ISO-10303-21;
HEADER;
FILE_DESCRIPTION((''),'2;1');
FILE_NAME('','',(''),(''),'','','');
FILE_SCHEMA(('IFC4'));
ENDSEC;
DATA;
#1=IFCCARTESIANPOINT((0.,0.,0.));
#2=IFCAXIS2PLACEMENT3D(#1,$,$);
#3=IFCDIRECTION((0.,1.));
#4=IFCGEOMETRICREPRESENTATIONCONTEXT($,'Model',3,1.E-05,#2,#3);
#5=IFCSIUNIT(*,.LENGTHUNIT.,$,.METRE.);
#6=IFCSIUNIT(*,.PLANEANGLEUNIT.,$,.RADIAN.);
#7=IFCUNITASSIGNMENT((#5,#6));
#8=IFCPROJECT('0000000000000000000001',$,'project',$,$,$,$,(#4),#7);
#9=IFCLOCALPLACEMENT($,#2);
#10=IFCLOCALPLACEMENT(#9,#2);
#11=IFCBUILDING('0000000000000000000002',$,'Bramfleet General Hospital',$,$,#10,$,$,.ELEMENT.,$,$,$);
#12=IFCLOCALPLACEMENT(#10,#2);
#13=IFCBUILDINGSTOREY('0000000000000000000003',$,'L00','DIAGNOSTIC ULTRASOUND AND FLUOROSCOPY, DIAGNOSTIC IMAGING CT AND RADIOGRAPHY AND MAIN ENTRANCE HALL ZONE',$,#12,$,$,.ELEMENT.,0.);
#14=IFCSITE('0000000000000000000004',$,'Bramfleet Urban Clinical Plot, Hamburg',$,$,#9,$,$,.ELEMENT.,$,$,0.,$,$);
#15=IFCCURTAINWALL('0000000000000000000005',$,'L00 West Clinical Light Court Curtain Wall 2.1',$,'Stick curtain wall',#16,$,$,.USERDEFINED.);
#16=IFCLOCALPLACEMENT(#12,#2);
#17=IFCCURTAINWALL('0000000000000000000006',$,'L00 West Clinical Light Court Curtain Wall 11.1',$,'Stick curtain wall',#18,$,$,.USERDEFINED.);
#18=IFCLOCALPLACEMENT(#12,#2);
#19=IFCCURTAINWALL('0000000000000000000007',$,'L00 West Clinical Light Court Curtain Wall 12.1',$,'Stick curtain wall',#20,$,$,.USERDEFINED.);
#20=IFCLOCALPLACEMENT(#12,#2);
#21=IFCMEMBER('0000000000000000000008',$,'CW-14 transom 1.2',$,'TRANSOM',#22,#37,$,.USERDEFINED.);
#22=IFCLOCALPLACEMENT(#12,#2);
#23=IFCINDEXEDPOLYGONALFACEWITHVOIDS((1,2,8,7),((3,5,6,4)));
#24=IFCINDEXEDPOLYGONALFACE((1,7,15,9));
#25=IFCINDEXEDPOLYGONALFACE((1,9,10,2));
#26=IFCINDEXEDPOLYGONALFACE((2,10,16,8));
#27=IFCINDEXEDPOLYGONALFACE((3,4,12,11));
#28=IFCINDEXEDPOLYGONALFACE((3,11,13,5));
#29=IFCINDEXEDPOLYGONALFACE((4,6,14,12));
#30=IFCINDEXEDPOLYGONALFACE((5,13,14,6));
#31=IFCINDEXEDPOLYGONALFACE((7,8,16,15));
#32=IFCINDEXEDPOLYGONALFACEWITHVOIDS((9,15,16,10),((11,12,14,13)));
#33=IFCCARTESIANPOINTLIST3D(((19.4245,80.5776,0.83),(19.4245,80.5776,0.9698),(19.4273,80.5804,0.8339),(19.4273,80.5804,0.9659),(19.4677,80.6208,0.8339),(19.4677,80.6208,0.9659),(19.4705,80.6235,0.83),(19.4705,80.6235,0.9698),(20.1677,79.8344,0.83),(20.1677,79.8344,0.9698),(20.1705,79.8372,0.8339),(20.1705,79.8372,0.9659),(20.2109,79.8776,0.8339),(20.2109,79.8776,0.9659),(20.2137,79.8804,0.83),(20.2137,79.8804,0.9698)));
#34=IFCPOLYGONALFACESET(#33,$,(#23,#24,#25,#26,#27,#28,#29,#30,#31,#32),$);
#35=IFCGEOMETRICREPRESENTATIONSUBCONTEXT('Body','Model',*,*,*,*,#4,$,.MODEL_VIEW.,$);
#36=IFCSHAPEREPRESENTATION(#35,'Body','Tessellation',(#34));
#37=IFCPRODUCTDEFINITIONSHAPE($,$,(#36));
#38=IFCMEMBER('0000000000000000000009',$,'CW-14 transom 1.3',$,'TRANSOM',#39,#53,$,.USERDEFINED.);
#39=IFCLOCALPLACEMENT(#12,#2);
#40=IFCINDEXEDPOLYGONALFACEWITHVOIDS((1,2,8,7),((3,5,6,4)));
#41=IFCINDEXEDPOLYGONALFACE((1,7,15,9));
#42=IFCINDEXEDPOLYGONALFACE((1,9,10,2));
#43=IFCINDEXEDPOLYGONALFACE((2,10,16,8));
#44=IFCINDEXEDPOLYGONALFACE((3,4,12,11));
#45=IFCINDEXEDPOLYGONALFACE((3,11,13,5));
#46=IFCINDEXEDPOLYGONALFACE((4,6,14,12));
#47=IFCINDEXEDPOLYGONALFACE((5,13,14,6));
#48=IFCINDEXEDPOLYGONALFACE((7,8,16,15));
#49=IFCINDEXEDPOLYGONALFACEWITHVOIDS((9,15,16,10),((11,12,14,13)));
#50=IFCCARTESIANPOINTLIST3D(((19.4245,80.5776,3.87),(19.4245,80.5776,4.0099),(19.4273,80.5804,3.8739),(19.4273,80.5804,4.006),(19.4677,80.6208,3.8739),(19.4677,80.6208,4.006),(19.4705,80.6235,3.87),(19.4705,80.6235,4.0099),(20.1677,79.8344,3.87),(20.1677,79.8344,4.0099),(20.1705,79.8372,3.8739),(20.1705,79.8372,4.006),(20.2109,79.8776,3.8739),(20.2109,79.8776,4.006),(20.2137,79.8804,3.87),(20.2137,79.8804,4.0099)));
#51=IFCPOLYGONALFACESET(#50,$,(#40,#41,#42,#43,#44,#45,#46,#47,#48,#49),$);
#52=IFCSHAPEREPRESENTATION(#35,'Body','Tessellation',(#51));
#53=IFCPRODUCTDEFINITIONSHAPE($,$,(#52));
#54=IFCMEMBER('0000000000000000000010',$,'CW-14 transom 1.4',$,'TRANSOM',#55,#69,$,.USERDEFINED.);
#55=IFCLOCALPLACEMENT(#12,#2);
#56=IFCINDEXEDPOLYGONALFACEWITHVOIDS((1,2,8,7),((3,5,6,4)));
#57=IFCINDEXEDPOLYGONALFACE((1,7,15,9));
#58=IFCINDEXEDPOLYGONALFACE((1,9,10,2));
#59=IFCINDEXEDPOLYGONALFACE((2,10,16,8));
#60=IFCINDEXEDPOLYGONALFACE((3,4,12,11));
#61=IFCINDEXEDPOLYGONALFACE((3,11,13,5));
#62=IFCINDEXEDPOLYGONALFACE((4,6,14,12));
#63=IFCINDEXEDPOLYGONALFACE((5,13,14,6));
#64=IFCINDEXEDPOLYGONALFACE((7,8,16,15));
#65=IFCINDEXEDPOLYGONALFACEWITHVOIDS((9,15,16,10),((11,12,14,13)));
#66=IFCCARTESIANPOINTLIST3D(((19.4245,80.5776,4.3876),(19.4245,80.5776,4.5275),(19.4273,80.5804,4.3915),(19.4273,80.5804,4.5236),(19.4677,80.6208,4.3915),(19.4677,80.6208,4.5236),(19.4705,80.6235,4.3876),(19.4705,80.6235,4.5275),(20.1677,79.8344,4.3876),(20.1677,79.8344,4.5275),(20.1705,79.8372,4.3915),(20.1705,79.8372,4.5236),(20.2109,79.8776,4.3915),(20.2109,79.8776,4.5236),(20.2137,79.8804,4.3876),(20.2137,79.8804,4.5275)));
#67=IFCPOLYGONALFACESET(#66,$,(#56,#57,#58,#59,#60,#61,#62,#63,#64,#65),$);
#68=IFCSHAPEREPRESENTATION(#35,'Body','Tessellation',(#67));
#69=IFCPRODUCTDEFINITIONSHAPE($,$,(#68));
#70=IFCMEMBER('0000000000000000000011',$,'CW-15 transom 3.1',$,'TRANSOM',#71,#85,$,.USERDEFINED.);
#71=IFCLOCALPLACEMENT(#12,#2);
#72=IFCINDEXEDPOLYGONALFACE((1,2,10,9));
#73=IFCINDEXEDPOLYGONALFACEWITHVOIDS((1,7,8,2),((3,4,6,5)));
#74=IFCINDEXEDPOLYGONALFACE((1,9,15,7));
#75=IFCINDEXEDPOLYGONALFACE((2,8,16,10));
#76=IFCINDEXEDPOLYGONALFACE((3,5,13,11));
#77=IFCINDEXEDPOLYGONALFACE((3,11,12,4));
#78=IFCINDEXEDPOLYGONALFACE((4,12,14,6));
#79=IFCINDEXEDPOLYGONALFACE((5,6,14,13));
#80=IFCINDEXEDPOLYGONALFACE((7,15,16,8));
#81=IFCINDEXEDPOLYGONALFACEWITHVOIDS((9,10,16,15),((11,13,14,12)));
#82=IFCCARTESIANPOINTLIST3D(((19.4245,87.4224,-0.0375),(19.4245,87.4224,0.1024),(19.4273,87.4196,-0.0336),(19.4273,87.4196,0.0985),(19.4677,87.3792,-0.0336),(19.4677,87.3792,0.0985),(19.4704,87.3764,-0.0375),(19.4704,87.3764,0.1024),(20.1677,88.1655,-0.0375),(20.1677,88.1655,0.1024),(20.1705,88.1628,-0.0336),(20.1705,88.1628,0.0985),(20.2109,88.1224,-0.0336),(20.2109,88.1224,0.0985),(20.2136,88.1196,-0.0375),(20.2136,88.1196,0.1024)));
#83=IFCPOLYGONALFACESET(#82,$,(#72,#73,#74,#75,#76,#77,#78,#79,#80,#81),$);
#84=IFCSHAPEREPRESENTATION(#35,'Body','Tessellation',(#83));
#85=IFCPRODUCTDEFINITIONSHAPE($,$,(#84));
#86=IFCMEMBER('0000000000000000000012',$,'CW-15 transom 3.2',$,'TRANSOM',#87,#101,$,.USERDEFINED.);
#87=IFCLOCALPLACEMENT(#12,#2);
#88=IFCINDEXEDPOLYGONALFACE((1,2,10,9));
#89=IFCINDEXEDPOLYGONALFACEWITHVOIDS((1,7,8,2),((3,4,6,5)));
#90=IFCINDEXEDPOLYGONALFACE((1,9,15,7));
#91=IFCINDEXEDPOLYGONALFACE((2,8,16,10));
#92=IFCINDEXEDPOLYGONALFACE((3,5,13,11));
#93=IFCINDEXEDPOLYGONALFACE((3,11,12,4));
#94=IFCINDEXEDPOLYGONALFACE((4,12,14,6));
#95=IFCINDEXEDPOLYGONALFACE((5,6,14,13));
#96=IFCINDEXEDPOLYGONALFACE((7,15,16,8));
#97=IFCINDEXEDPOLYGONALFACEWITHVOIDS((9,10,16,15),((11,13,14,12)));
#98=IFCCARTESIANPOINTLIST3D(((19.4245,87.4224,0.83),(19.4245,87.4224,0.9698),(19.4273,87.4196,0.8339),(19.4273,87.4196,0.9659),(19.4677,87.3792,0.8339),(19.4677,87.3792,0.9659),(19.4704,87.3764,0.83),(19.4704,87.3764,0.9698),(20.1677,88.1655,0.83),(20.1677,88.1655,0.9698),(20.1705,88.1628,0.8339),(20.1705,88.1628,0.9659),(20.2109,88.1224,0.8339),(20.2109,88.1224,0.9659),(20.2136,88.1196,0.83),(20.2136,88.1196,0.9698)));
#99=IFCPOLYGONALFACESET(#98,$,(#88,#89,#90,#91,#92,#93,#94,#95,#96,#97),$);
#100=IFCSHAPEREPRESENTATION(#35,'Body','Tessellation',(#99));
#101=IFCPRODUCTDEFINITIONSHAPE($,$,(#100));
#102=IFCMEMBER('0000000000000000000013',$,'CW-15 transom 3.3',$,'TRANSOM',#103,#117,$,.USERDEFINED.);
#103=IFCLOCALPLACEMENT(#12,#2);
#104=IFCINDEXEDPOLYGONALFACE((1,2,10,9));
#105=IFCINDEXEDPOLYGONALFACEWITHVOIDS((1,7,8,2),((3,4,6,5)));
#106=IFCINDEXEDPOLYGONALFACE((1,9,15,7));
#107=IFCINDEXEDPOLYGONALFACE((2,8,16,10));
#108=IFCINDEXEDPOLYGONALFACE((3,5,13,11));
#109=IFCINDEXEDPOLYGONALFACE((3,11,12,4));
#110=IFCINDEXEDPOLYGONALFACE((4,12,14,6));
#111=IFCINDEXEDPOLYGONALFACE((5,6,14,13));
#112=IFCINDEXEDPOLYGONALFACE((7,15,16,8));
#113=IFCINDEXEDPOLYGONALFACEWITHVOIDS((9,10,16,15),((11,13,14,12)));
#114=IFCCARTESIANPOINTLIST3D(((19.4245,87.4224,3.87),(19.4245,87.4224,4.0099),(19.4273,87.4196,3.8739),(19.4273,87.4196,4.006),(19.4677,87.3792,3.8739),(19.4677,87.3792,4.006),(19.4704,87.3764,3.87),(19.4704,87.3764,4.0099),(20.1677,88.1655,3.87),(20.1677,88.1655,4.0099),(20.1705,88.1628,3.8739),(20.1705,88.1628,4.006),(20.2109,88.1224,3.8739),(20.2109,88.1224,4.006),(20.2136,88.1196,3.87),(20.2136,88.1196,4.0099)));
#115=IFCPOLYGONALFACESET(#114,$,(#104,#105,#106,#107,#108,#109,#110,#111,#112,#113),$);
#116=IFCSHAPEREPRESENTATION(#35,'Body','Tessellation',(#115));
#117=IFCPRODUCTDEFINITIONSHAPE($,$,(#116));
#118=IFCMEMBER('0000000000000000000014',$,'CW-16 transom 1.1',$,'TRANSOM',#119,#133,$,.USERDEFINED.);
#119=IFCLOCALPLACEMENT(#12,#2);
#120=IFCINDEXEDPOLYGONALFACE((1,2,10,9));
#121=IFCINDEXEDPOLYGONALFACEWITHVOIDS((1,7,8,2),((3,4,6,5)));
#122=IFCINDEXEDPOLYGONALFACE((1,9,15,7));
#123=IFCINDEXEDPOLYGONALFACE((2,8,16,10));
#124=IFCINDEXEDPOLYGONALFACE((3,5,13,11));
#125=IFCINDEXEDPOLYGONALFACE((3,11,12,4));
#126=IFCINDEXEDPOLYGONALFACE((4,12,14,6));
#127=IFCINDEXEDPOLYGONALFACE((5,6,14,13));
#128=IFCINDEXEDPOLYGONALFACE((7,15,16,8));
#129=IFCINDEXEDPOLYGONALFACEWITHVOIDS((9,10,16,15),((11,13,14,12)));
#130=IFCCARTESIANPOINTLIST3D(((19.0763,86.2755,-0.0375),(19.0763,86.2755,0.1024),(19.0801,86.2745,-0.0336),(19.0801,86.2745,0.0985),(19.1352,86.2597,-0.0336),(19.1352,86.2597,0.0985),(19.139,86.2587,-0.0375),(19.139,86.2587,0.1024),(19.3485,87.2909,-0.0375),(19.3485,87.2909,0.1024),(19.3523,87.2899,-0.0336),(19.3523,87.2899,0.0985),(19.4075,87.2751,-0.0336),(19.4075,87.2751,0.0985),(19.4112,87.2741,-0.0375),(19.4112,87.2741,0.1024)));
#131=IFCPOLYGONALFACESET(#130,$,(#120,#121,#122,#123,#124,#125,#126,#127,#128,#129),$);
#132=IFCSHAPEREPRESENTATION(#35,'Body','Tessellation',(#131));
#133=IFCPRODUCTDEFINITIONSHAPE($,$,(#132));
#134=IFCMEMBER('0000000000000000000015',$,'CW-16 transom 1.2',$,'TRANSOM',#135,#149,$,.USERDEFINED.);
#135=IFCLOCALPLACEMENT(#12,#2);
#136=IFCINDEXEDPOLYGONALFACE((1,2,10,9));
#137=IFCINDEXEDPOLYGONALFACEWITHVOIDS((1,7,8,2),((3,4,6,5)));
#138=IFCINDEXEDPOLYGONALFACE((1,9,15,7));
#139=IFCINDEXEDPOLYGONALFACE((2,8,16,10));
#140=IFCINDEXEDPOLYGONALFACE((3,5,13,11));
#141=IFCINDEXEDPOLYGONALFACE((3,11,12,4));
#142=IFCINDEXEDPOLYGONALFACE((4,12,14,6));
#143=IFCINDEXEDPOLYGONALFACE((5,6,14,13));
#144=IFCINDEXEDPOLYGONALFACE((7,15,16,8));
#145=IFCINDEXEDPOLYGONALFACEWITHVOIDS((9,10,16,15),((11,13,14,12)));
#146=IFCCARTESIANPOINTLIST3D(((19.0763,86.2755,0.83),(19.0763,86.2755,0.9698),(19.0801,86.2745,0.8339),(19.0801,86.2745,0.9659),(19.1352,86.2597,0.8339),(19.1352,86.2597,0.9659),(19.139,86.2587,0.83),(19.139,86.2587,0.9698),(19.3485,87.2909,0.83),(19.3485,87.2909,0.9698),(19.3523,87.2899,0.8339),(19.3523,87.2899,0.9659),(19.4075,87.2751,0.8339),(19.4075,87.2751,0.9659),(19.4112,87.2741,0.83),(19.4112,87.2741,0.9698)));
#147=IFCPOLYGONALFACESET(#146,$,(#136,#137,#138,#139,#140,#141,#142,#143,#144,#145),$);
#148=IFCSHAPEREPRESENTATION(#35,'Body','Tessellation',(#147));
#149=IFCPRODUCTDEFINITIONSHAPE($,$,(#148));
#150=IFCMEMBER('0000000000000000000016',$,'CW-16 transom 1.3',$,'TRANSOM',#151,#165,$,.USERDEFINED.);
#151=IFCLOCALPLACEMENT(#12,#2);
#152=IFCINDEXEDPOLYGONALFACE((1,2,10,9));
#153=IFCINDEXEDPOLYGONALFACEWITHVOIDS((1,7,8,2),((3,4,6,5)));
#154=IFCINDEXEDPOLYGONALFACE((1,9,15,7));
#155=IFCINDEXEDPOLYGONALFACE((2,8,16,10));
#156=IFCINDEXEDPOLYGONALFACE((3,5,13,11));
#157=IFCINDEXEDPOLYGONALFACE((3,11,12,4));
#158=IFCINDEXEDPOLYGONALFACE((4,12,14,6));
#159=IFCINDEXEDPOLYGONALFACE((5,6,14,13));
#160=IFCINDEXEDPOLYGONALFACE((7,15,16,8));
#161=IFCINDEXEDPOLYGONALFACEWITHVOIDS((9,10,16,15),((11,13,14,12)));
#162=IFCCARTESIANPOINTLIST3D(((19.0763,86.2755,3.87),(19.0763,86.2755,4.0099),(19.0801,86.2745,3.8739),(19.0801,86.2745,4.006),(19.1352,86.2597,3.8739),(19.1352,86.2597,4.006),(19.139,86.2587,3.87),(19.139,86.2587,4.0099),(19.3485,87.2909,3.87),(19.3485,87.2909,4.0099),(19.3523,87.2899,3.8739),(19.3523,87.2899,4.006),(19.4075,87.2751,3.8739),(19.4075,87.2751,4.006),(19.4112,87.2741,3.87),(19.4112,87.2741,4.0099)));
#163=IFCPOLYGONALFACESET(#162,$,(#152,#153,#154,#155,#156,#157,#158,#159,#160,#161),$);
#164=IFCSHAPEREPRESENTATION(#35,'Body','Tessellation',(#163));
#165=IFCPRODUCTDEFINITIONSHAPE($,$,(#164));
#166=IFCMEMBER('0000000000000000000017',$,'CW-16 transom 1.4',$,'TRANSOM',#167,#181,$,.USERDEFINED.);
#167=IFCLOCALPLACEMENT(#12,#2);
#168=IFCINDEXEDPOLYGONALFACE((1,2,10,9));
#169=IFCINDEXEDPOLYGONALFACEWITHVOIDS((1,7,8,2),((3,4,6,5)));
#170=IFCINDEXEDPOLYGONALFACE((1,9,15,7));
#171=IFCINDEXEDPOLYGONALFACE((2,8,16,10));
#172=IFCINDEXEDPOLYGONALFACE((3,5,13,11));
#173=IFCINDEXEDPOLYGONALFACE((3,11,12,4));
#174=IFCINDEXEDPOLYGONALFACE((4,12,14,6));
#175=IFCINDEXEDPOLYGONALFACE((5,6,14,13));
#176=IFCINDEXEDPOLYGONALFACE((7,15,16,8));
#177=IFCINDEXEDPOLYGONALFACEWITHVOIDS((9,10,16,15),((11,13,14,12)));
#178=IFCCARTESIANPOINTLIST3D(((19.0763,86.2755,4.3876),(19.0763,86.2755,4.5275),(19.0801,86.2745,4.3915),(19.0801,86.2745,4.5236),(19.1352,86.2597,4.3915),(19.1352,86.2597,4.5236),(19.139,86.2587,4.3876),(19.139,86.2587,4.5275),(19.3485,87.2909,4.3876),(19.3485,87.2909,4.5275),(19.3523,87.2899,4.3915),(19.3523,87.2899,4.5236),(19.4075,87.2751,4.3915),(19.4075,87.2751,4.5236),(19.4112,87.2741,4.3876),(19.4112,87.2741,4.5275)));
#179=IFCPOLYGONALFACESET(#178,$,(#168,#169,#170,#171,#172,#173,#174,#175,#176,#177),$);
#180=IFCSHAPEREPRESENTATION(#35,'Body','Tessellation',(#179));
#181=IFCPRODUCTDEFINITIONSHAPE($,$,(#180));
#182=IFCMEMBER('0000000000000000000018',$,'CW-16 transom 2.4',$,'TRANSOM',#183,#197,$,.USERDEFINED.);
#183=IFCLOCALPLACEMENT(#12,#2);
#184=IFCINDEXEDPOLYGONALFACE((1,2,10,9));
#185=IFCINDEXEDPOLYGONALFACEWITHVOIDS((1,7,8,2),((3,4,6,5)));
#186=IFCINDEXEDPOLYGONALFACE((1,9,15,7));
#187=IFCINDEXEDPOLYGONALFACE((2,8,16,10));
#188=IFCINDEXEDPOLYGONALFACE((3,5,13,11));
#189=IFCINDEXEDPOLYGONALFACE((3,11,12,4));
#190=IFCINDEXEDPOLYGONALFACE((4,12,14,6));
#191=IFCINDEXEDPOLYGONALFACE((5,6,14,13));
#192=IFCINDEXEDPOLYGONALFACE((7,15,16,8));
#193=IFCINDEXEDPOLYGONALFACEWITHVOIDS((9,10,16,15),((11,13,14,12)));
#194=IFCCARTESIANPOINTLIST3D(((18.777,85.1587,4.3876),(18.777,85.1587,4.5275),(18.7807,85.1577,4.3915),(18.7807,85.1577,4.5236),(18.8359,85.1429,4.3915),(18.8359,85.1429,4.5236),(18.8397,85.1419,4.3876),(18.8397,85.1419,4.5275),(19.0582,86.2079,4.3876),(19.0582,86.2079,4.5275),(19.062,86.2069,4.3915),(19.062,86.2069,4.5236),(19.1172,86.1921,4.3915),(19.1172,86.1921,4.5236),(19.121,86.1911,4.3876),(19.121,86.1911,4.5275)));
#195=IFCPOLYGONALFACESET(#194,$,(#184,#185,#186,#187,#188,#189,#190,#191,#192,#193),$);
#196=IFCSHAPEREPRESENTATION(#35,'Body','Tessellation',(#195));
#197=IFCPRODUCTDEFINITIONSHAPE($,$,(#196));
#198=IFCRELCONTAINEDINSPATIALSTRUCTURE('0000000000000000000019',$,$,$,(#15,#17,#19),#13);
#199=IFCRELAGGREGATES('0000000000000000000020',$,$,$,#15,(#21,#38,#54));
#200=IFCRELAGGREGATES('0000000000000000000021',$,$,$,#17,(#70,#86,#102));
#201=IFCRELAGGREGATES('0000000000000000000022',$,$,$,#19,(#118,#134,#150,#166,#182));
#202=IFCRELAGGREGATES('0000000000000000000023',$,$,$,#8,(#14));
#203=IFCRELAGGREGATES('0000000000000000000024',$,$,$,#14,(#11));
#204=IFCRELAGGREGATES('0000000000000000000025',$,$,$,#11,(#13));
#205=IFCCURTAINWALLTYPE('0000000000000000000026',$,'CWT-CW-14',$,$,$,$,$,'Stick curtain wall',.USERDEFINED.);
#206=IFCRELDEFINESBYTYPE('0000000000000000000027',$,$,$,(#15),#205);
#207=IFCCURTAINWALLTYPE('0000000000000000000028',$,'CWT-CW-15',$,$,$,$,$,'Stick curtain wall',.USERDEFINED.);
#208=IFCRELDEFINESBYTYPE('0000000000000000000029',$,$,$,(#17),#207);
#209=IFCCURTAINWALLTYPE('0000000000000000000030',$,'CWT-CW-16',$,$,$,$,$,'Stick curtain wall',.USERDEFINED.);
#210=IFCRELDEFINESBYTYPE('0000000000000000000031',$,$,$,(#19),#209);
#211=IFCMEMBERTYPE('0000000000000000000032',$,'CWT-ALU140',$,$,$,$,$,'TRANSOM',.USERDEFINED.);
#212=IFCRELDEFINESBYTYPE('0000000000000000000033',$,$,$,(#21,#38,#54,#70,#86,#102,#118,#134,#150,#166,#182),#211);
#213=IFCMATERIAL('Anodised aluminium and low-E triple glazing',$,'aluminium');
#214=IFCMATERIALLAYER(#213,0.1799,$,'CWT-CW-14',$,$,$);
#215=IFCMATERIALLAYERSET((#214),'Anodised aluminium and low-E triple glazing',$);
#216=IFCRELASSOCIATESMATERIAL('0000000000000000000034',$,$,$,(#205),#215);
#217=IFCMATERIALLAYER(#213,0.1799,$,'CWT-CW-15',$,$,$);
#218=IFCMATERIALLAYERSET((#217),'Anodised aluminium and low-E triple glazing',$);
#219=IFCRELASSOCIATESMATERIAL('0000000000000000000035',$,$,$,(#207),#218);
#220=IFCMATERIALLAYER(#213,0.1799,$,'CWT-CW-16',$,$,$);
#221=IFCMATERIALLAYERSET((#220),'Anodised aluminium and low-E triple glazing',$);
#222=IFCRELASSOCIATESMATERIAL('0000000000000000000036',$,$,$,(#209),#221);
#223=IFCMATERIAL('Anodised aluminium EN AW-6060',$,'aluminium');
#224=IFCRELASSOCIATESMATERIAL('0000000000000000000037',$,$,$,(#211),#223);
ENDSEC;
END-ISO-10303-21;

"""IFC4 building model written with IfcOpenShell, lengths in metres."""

from ifc_helpers import new_model, si_unit, direction, frame, origin, origin_2d, place, context, subcontext, project, spatial, hollow_rectangle, extrude, material, layer, layer_set, material_profile, profile_set, type_object, element, aggregate, save


model = new_model("IFC4")

# Units and contexts
model_context = context("Model", 3, precision=1e-05, world=origin(), true_north=direction((0.0, 1.0)))
body_context = subcontext(model_context, "Body", "Model", "MODEL_VIEW")
ifc_project = project(units=[si_unit("LENGTHUNIT", "METRE"), si_unit("PLANEANGLEUNIT", "RADIAN")], contexts=[model_context])

# Site, building, storey
site_placement = place(None, origin())
site = spatial("IfcSite", under=ifc_project, at=site_placement, Name="Bramfleet Urban Clinical Plot, Hamburg", CompositionType="ELEMENT", RefElevation=0.0)
building_placement = place(site_placement, origin())
building = spatial("IfcBuilding", under=site, at=building_placement, Name="Bramfleet General Hospital", CompositionType="ELEMENT")
storey_placement = place(building_placement, origin())
storey = spatial("IfcBuildingStorey", under=building, at=storey_placement, Name="L00", Description="DIAGNOSTIC ULTRASOUND AND FLUOROSCOPY, DIAGNOSTIC IMAGING CT AND RADIOGRAPHY AND MAIN ENTRANCE HALL ZONE", CompositionType="ELEMENT", Elevation=0.0)

# Shared definitions
ifc_material_1 = material(Name="Anodised aluminium and low-E triple glazing", Category="aluminium")
ifc_material_2 = material(Name="Anodised aluminium EN AW-6060", Category="aluminium")

# Curtain walls
ifc_layer_1 = layer(ifc_material_1, 0.1799, Name="CWT-CW-14")
ifc_layer_set_1 = layer_set([ifc_layer_1], Name="Anodised aluminium and low-E triple glazing")
curtain_wall_type_1 = type_object("IfcCurtainWallType", Name="CWT-CW-14", ElementType="Stick curtain wall", PredefinedType="USERDEFINED", material=ifc_layer_set_1)
curtain_wall_1_placement = place(storey_placement, origin())
curtain_wall_1 = element("IfcCurtainWall", 1, at=curtain_wall_1_placement, inside=storey, type_object=curtain_wall_type_1, Name="L00 West Clinical Light Court Curtain Wall 2.1", ObjectType="Stick curtain wall", PredefinedType="USERDEFINED")
ifc_layer_2 = layer(ifc_material_1, 0.1799, Name="CWT-CW-15")
ifc_layer_set_2 = layer_set([ifc_layer_2], Name="Anodised aluminium and low-E triple glazing")
curtain_wall_type_2 = type_object("IfcCurtainWallType", Name="CWT-CW-15", ElementType="Stick curtain wall", PredefinedType="USERDEFINED", material=ifc_layer_set_2)
curtain_wall_2_placement = place(storey_placement, origin())
curtain_wall_2 = element("IfcCurtainWall", 2, at=curtain_wall_2_placement, inside=storey, type_object=curtain_wall_type_2, Name="L00 West Clinical Light Court Curtain Wall 11.1", ObjectType="Stick curtain wall", PredefinedType="USERDEFINED")

# Curtain wall
ifc_layer_3 = layer(ifc_material_1, 0.1799, Name="CWT-CW-16")
ifc_layer_set_3 = layer_set([ifc_layer_3], Name="Anodised aluminium and low-E triple glazing")
curtain_wall_type_3 = type_object("IfcCurtainWallType", Name="CWT-CW-16", ElementType="Stick curtain wall", PredefinedType="USERDEFINED", material=ifc_layer_set_3)
curtain_wall_3_placement = place(storey_placement, origin())
curtain_wall_3 = element("IfcCurtainWall", 3, at=curtain_wall_3_placement, inside=storey, type_object=curtain_wall_type_3, Name="L00 West Clinical Light Court Curtain Wall 12.1", ObjectType="Stick curtain wall", PredefinedType="USERDEFINED")

# Members
ifc_material_profile_1 = material_profile(ifc_material_2, hollow_rectangle(XDim=0.0649, YDim=0.1399, WallThickness=0.0039, at=origin_2d()), Name="ALU 140x65x4.0")
ifc_profile_set_1 = profile_set([ifc_material_profile_1], Name="Anodised aluminium EN AW-6060")
member_type_1 = type_object("IfcMemberType", Name="CWT-ALU140", ElementType="TRANSOM", PredefinedType="USERDEFINED", material=ifc_profile_set_1)
member_1_placement = place(storey_placement, frame((19.4475, 80.6006, 0.8999), z_axis=(0.707107, -0.707107, 0.0), x_axis=(0.707107, 0.707107, 0.0)))
member_1 = element("IfcMember", 4, at=member_1_placement, type_object=member_type_1, Name="CW-14 transom 1.2", ObjectType="TRANSOM", PredefinedType="USERDEFINED", context=body_context, shape_type="SweptSolid", body=[
    extrude(hollow_rectangle(XDim=0.0649, YDim=0.1399, WallThickness=0.0039, at=origin_2d()), origin(), (0.0, 0.0, 1.0), 1.051),
])
member_2_placement = place(storey_placement, frame((19.4475, 80.6006, 3.9399), z_axis=(0.707107, -0.707107, 0.0), x_axis=(0.707107, 0.707107, 0.0)))
member_2 = element("IfcMember", 5, at=member_2_placement, type_object=member_type_1, Name="CW-14 transom 1.3", ObjectType="TRANSOM", PredefinedType="USERDEFINED", context=body_context, shape_type="SweptSolid", body=[
    extrude(hollow_rectangle(XDim=0.0649, YDim=0.1399, WallThickness=0.0039, at=origin_2d()), origin(), (0.0, 0.0, 1.0), 1.051),
])
member_3_placement = place(storey_placement, frame((19.4475, 80.6006, 4.4575), z_axis=(0.707107, -0.707107, 0.0), x_axis=(0.707107, 0.707107, 0.0)))
member_3 = element("IfcMember", 6, at=member_3_placement, type_object=member_type_1, Name="CW-14 transom 1.4", ObjectType="TRANSOM", PredefinedType="USERDEFINED", context=body_context, shape_type="SweptSolid", body=[
    extrude(hollow_rectangle(XDim=0.0649, YDim=0.1399, WallThickness=0.0039, at=origin_2d()), origin(), (0.0, 0.0, 1.0), 1.051),
])
member_4_placement = place(storey_placement, frame((20.1907, 88.1426, 0.0325), z_axis=(-0.707107, -0.707107, 0.0), x_axis=(0.707107, -0.707107, 0.0)))
member_4 = element("IfcMember", 7, at=member_4_placement, type_object=member_type_1, Name="CW-15 transom 3.1", ObjectType="TRANSOM", PredefinedType="USERDEFINED", context=body_context, shape_type="SweptSolid", body=[
    extrude(hollow_rectangle(XDim=0.0649, YDim=0.1399, WallThickness=0.0039, at=origin_2d()), origin(), (0.0, 0.0, 1.0), 1.051),
])
member_5_placement = place(storey_placement, frame((20.1907, 88.1426, 0.8999), z_axis=(-0.707107, -0.707107, 0.0), x_axis=(0.707107, -0.707107, 0.0)))
member_5 = element("IfcMember", 8, at=member_5_placement, type_object=member_type_1, Name="CW-15 transom 3.2", ObjectType="TRANSOM", PredefinedType="USERDEFINED", context=body_context, shape_type="SweptSolid", body=[
    extrude(hollow_rectangle(XDim=0.0649, YDim=0.1399, WallThickness=0.0039, at=origin_2d()), origin(), (0.0, 0.0, 1.0), 1.051),
])
member_6_placement = place(storey_placement, frame((20.1907, 88.1426, 3.9399), z_axis=(-0.707107, -0.707107, 0.0), x_axis=(0.707107, -0.707107, 0.0)))
member_6 = element("IfcMember", 9, at=member_6_placement, type_object=member_type_1, Name="CW-15 transom 3.3", ObjectType="TRANSOM", PredefinedType="USERDEFINED", context=body_context, shape_type="SweptSolid", body=[
    extrude(hollow_rectangle(XDim=0.0649, YDim=0.1399, WallThickness=0.0039, at=origin_2d()), origin(), (0.0, 0.0, 1.0), 1.051),
])
member_7_placement = place(storey_placement, frame((19.3799, 87.2825, 0.0325), z_axis=(-0.258949, -0.965891, 0.0), x_axis=(0.965891, -0.258949, 0.0)))
member_7 = element("IfcMember", 10, at=member_7_placement, type_object=member_type_1, Name="CW-16 transom 1.1", ObjectType="TRANSOM", PredefinedType="USERDEFINED", context=body_context, shape_type="SweptSolid", body=[
    extrude(hollow_rectangle(XDim=0.0649, YDim=0.1399, WallThickness=0.0039, at=origin_2d()), origin(), (0.0, 0.0, 1.0), 1.0513),
])
member_8_placement = place(storey_placement, frame((19.3799, 87.2825, 0.8999), z_axis=(-0.258949, -0.965891, 0.0), x_axis=(0.965891, -0.258949, 0.0)))
member_8 = element("IfcMember", 11, at=member_8_placement, type_object=member_type_1, Name="CW-16 transom 1.2", ObjectType="TRANSOM", PredefinedType="USERDEFINED", context=body_context, shape_type="SweptSolid", body=[
    extrude(hollow_rectangle(XDim=0.0649, YDim=0.1399, WallThickness=0.0039, at=origin_2d()), origin(), (0.0, 0.0, 1.0), 1.0513),
])
member_9_placement = place(storey_placement, frame((19.3799, 87.2825, 3.9399), z_axis=(-0.258949, -0.965891, 0.0), x_axis=(0.965891, -0.258949, 0.0)))
member_9 = element("IfcMember", 12, at=member_9_placement, type_object=member_type_1, Name="CW-16 transom 1.3", ObjectType="TRANSOM", PredefinedType="USERDEFINED", context=body_context, shape_type="SweptSolid", body=[
    extrude(hollow_rectangle(XDim=0.0649, YDim=0.1399, WallThickness=0.0039, at=origin_2d()), origin(), (0.0, 0.0, 1.0), 1.0513),
])
member_10_placement = place(storey_placement, frame((19.3799, 87.2825, 4.4575), z_axis=(-0.258949, -0.965891, 0.0), x_axis=(0.965891, -0.258949, 0.0)))
member_10 = element("IfcMember", 13, at=member_10_placement, type_object=member_type_1, Name="CW-16 transom 1.4", ObjectType="TRANSOM", PredefinedType="USERDEFINED", context=body_context, shape_type="SweptSolid", body=[
    extrude(hollow_rectangle(XDim=0.0649, YDim=0.1399, WallThickness=0.0039, at=origin_2d()), origin(), (0.0, 0.0, 1.0), 1.0513),
])
member_11_placement = place(storey_placement, frame((19.0896, 86.1995, 4.4575), z_axis=(-0.25895, -0.965891, 0.0), x_axis=(0.965891, -0.25895, 0.0)))
member_11 = element("IfcMember", 14, at=member_11_placement, type_object=member_type_1, Name="CW-16 transom 2.4", ObjectType="TRANSOM", PredefinedType="USERDEFINED", context=body_context, shape_type="SweptSolid", body=[
    extrude(hollow_rectangle(XDim=0.0649, YDim=0.1399, WallThickness=0.0039, at=origin_2d()), origin(), (0.0, 0.0, 1.0), 1.0862),
])

aggregate(curtain_wall_1, [member_1, member_2, member_3])
aggregate(curtain_wall_2, [member_4, member_5, member_6])
aggregate(curtain_wall_3, [member_7, member_8, member_9, member_10, member_11])

save(model, "model.ifc")
